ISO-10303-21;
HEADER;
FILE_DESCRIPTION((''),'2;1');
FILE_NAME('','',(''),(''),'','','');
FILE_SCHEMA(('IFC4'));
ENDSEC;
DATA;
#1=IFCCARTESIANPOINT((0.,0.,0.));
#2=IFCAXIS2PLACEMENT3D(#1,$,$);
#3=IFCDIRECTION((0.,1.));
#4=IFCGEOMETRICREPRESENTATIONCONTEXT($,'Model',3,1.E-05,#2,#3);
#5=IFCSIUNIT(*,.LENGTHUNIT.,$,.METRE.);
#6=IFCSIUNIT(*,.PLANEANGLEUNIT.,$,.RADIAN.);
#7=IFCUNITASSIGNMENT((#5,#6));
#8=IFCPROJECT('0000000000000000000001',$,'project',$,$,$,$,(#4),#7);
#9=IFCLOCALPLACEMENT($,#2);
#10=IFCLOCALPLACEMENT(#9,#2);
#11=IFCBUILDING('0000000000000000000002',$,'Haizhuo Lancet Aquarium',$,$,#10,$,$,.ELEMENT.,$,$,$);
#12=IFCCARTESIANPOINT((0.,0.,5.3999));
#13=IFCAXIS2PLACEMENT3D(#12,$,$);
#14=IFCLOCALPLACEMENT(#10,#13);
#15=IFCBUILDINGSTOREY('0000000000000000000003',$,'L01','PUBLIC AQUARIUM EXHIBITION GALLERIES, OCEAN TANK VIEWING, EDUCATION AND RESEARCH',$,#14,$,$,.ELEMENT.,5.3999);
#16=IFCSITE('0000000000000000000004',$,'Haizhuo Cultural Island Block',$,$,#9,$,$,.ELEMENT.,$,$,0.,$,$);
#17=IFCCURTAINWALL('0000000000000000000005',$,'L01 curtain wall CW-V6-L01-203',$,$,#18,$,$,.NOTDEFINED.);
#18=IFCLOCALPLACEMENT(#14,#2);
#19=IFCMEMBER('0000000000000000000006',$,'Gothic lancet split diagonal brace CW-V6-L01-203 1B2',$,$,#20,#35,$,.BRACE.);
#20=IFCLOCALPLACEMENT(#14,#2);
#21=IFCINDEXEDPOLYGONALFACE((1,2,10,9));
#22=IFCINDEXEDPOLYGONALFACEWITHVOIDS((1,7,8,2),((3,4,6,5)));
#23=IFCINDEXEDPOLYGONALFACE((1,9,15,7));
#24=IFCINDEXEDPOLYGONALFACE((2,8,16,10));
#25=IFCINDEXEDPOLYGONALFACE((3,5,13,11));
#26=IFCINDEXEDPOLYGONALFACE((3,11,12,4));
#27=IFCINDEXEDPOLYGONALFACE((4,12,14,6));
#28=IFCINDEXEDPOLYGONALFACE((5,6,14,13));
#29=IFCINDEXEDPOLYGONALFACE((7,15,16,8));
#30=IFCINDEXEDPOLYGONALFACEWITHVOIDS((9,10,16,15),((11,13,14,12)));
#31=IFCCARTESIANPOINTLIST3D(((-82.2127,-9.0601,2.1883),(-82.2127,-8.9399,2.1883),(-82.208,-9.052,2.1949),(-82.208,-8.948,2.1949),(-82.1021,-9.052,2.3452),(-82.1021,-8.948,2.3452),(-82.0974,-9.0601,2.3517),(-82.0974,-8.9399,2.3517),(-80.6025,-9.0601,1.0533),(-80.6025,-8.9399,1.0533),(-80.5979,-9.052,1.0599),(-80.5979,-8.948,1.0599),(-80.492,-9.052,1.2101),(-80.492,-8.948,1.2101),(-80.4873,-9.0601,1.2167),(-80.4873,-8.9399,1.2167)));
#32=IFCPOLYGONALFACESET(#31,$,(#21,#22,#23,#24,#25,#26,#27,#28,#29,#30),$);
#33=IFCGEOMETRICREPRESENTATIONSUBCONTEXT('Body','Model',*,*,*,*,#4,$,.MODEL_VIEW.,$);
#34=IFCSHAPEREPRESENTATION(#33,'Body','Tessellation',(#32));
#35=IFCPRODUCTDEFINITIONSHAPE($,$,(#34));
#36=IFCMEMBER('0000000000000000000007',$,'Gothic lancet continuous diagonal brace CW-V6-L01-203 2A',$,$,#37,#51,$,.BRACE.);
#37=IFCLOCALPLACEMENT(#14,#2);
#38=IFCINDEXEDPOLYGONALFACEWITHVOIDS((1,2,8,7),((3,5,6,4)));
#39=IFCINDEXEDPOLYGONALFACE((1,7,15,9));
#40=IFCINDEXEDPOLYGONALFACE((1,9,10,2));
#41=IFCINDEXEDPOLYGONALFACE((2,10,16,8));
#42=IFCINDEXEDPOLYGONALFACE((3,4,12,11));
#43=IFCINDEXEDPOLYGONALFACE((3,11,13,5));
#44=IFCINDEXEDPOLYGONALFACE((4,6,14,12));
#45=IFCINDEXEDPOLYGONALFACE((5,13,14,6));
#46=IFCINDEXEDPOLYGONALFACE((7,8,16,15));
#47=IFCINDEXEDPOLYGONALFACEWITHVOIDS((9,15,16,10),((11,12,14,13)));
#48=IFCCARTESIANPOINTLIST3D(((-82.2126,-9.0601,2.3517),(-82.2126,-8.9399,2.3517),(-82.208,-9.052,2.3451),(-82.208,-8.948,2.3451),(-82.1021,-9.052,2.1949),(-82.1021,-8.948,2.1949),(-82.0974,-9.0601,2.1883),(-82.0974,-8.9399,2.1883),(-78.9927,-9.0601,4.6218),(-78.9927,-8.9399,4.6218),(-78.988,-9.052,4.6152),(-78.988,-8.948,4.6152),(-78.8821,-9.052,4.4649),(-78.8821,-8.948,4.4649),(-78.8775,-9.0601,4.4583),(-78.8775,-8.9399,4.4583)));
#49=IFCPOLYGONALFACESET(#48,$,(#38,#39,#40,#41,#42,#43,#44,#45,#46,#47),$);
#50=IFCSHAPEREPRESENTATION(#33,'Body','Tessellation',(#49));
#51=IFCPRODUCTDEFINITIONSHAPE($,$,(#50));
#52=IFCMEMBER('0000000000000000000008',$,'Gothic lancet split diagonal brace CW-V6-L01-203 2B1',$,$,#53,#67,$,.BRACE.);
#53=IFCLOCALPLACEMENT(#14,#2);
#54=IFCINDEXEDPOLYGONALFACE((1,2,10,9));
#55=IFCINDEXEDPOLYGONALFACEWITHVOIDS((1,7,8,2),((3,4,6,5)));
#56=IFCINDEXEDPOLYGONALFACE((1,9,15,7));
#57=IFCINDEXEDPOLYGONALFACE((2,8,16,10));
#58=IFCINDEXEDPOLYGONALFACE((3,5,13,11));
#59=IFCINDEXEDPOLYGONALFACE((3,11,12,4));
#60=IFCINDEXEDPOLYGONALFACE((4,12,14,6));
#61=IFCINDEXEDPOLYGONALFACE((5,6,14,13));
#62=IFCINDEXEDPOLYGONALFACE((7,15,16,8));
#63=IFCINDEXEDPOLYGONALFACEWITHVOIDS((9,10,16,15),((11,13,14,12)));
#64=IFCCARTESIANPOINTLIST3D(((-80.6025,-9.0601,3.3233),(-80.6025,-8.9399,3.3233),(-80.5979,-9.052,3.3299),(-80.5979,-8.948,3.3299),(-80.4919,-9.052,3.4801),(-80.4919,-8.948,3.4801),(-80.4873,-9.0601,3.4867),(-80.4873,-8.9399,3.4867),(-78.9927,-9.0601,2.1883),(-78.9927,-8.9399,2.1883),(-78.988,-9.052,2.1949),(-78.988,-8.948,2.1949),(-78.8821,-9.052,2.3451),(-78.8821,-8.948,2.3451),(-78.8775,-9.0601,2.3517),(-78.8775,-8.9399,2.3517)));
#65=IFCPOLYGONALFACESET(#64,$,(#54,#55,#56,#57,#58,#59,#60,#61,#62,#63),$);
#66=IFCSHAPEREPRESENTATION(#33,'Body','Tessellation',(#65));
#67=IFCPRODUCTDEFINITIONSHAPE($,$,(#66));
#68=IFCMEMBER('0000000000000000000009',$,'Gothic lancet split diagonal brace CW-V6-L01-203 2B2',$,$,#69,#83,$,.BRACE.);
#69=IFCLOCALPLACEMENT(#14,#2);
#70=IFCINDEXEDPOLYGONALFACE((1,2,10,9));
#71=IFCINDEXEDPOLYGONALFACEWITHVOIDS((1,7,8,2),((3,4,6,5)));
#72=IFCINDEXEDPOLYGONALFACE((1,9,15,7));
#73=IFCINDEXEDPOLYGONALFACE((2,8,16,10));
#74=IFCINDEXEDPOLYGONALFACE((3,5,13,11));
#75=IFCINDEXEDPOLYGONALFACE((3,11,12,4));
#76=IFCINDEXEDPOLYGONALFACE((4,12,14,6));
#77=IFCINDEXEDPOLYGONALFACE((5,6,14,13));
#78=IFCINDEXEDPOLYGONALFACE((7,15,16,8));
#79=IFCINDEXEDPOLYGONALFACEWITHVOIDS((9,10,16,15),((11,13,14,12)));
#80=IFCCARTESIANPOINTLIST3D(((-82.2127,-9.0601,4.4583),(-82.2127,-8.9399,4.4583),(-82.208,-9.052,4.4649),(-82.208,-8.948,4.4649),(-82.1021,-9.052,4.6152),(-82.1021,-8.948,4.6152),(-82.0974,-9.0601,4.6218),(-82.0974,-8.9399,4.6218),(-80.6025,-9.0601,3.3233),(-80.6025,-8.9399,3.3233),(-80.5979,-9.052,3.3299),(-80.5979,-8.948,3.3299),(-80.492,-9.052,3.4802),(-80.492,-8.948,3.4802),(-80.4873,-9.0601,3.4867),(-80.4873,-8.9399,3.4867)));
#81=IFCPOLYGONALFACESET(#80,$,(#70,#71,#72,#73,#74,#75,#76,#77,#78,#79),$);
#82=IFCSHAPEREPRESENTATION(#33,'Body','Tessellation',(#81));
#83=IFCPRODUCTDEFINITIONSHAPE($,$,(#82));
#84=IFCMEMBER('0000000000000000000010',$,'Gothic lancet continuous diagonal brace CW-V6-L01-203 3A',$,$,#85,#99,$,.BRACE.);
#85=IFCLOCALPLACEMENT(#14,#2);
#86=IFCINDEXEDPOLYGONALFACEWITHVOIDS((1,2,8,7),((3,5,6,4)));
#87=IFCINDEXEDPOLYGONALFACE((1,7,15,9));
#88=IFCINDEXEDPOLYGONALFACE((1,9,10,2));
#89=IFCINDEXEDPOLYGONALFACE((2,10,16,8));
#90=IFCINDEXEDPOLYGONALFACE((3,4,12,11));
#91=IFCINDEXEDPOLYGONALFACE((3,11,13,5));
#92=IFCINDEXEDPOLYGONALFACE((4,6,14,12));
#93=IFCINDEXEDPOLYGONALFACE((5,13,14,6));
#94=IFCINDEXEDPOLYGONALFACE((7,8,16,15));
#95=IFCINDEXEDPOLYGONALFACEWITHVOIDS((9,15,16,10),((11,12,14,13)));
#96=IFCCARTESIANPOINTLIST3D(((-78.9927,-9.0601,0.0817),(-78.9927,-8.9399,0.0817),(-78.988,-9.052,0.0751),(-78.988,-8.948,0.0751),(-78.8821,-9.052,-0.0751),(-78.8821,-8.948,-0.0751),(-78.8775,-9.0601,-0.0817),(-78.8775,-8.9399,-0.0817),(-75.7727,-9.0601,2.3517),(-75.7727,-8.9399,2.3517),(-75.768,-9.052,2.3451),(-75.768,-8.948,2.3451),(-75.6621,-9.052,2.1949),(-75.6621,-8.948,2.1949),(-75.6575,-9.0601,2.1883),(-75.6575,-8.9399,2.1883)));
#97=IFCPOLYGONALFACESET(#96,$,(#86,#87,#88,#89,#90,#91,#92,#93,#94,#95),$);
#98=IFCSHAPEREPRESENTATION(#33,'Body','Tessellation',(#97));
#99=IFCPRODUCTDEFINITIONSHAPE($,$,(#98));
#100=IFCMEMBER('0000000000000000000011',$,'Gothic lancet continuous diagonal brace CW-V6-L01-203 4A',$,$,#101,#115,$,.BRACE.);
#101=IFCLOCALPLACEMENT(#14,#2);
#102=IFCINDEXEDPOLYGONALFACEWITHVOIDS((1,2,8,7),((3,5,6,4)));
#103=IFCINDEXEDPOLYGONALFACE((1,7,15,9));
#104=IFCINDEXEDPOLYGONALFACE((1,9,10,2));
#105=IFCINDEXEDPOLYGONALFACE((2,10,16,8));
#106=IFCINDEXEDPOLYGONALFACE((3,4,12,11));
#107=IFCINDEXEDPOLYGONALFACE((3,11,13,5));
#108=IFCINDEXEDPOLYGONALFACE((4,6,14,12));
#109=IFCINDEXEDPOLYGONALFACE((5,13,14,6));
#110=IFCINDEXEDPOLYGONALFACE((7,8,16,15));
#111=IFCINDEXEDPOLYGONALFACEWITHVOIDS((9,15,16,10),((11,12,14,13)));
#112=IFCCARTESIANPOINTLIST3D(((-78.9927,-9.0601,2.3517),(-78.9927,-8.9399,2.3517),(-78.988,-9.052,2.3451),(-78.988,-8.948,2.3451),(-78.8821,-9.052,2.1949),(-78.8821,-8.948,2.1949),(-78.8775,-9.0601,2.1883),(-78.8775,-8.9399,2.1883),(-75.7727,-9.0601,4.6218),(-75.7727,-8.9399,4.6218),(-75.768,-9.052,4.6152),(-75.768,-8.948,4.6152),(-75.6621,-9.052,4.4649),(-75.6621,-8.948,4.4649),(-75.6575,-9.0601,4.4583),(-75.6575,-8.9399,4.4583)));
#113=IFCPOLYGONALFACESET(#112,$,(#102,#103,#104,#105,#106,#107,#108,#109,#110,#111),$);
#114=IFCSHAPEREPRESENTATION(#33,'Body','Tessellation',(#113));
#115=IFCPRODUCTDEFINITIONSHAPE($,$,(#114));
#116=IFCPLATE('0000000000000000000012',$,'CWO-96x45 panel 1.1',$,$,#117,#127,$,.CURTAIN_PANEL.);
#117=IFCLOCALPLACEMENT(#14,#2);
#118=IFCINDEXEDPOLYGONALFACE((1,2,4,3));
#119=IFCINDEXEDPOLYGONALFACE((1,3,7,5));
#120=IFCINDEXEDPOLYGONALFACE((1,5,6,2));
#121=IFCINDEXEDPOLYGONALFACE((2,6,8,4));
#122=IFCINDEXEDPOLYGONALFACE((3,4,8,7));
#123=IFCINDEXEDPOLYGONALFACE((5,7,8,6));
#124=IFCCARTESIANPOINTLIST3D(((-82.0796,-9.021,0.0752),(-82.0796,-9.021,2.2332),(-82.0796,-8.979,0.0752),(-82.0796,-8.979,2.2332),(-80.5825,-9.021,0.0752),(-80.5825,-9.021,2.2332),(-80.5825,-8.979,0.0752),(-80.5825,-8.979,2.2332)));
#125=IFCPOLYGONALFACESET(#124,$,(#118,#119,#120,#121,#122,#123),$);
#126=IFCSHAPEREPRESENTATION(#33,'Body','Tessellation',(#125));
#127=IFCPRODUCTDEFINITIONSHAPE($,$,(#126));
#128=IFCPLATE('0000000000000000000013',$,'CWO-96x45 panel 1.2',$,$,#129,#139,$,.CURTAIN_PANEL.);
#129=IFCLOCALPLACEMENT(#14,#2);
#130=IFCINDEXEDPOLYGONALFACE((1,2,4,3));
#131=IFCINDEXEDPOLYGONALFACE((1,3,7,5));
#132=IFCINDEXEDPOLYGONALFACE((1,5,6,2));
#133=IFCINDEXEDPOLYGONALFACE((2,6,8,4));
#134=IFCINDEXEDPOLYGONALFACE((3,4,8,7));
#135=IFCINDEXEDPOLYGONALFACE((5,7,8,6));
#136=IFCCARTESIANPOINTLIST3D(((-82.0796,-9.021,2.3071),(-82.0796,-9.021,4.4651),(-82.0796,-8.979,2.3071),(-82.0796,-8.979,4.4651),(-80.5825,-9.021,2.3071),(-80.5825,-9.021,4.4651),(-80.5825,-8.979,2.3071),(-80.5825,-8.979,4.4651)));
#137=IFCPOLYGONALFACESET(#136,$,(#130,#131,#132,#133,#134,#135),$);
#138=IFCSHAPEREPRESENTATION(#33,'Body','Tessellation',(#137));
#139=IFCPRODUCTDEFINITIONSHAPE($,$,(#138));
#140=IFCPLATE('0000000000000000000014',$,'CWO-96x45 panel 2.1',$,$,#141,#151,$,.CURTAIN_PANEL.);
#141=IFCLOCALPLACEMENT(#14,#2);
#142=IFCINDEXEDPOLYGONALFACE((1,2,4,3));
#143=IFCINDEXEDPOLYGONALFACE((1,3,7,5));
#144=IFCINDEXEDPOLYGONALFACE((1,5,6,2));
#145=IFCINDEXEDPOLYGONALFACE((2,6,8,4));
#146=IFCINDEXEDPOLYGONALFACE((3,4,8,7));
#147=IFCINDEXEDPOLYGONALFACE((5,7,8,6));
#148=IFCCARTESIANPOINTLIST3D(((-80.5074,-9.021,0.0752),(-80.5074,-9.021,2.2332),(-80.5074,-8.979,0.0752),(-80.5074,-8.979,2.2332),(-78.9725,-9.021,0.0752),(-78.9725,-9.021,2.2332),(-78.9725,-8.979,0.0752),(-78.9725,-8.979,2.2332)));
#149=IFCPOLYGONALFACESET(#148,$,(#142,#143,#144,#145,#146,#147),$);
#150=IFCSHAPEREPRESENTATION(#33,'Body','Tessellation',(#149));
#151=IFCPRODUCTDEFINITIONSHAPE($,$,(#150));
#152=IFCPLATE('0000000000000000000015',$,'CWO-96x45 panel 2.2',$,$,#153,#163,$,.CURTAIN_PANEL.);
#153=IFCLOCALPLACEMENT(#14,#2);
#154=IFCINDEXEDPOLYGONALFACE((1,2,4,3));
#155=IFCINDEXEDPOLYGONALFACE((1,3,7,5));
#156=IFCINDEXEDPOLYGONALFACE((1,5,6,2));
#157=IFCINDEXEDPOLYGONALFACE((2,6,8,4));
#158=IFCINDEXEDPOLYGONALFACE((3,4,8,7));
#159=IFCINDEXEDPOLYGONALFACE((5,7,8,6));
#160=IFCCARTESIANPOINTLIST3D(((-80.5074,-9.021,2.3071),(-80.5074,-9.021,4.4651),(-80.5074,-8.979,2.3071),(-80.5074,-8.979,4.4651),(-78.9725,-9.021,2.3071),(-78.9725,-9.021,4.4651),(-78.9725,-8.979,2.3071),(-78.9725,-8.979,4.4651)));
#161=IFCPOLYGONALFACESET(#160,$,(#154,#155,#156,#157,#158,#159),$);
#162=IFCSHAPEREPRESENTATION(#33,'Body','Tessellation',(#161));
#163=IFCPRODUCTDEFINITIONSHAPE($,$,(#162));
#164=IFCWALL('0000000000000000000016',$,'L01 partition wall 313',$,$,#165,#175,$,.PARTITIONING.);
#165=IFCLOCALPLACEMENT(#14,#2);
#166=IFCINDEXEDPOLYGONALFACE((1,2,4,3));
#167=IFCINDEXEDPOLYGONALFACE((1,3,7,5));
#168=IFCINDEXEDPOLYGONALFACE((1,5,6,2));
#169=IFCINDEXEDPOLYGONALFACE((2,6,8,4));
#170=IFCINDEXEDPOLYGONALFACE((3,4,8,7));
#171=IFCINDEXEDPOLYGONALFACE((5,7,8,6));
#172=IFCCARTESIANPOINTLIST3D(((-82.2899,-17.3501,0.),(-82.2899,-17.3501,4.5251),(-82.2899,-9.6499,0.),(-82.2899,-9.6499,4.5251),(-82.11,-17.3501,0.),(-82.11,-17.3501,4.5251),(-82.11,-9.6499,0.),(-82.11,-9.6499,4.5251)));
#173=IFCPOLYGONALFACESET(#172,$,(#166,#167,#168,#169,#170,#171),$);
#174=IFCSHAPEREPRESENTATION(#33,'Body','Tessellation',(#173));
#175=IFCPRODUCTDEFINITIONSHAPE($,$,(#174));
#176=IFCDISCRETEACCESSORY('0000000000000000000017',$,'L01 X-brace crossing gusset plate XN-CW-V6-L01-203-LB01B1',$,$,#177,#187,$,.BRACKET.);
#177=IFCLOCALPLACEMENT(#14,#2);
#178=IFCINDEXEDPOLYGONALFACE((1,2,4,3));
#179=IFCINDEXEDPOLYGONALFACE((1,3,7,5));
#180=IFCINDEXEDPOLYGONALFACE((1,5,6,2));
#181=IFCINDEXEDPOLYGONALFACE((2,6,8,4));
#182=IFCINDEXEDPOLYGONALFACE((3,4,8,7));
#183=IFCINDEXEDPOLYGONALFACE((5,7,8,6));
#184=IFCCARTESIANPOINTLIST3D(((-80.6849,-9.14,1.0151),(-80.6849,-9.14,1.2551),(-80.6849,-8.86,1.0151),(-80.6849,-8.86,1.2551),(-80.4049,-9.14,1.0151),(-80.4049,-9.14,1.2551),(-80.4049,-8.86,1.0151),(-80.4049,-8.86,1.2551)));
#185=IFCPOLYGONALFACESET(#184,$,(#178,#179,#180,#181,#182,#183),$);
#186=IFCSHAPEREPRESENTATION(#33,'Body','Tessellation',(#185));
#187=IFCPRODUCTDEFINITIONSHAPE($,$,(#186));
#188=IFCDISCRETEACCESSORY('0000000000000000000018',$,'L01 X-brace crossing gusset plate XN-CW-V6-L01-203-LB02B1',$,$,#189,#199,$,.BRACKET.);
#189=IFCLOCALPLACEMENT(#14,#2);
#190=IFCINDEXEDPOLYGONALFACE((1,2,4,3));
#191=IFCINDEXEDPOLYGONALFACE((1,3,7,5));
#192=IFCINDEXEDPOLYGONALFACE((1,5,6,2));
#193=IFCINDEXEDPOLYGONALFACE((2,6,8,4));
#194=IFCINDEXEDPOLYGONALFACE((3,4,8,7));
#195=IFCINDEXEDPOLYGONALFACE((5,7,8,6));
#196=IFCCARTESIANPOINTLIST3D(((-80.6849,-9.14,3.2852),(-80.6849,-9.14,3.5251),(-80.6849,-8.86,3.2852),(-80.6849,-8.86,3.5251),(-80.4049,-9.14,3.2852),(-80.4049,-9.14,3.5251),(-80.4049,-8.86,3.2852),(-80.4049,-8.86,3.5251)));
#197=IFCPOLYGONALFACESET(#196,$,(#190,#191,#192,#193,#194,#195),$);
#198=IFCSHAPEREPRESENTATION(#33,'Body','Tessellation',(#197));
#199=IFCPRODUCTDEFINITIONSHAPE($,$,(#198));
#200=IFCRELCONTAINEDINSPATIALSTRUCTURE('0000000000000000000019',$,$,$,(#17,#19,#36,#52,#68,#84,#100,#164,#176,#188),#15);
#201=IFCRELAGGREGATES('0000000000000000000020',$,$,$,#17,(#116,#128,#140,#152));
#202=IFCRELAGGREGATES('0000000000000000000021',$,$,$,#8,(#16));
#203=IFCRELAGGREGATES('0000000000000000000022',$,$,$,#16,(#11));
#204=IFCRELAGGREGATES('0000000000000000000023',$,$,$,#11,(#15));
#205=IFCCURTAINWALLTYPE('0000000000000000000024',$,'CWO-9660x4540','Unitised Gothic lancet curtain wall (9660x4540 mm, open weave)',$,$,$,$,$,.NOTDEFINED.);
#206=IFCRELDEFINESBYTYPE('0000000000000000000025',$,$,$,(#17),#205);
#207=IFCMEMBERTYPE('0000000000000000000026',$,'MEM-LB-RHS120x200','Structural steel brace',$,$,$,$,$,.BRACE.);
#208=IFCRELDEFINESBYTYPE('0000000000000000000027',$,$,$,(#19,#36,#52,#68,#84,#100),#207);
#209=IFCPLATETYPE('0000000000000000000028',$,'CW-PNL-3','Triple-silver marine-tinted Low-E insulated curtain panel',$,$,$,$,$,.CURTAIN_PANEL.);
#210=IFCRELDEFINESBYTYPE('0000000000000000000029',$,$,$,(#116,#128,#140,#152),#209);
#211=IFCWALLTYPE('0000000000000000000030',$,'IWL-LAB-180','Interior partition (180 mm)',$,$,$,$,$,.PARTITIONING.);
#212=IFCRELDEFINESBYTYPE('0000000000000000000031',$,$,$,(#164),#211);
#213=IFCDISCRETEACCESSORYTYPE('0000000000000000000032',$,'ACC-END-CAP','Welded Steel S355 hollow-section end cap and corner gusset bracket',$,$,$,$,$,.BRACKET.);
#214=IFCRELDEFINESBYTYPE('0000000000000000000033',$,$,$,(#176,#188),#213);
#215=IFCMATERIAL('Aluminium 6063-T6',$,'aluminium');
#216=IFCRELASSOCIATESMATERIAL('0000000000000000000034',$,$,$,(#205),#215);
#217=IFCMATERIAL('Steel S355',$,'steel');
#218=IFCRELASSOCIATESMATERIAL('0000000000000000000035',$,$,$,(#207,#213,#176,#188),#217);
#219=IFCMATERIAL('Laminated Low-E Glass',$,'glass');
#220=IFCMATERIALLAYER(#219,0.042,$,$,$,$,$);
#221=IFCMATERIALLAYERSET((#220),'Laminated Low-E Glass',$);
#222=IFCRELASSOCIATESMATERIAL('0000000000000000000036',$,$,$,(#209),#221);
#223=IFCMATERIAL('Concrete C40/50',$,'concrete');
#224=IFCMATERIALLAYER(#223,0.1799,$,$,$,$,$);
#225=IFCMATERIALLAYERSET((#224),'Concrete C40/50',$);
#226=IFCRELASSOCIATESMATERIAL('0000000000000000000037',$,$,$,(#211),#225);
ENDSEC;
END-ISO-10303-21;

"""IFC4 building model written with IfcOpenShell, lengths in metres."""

from ifc_helpers import new_model, si_unit, direction, frame, frame_2d, origin, origin_2d, place, context, subcontext, project, spatial, rectangle, hollow_rectangle, extrude, material, layer, layer_set, material_profile, profile_set, type_object, element, aggregate, save


model = new_model("IFC4")

# Units and contexts
model_context = context("Model", 3, precision=1e-05, world=origin(), true_north=direction((0.0, 1.0)))
body_context = subcontext(model_context, "Body", "Model", "MODEL_VIEW")
ifc_project = project(units=[si_unit("LENGTHUNIT", "METRE"), si_unit("PLANEANGLEUNIT", "RADIAN")], contexts=[model_context])

# Site, building, storey
site_placement = place(None, origin())
site = spatial("IfcSite", under=ifc_project, at=site_placement, Name="Haizhuo Cultural Island Block", CompositionType="ELEMENT", RefElevation=0.0)
building_placement = place(site_placement, origin())
building = spatial("IfcBuilding", under=site, at=building_placement, Name="Haizhuo Lancet Aquarium", CompositionType="ELEMENT")
storey_placement = place(building_placement, frame((0.0, 0.0, 5.3999)))
storey = spatial("IfcBuildingStorey", under=building, at=storey_placement, Name="L01", Description="PUBLIC AQUARIUM EXHIBITION GALLERIES, OCEAN TANK VIEWING, EDUCATION AND RESEARCH", CompositionType="ELEMENT", Elevation=5.3999)

# Curtain wall
ifc_material_1 = material(Name="Aluminium 6063-T6", Category="aluminium")
curtain_wall_type = type_object("IfcCurtainWallType", Name="CWO-9660x4540", Description="Unitised Gothic lancet curtain wall (9660x4540 mm, open weave)", PredefinedType="NOTDEFINED", material=ifc_material_1)
curtain_wall_placement = place(storey_placement, origin())
curtain_wall = element("IfcCurtainWall", 1, at=curtain_wall_placement, inside=storey, type_object=curtain_wall_type, Name="L01 curtain wall CW-V6-L01-203", PredefinedType="NOTDEFINED")

# Members
ifc_material_2 = material(Name="Steel S355", Category="steel")
ifc_material_profile_1 = material_profile(ifc_material_2, hollow_rectangle(XDim=0.1201, YDim=0.2, WallThickness=0.0081, at=origin_2d()), Name="RHS 120x200x8")
ifc_profile_set_1 = profile_set([ifc_material_profile_1], Name="Steel S355")
member_type_1 = type_object("IfcMemberType", Name="MEM-LB-RHS120x200", Description="Structural steel brace", PredefinedType="BRACE", material=ifc_profile_set_1)
member_1_placement = place(storey_placement, frame((-80.5449, -9.0, 1.135), z_axis=(-0.817335, 0.0, 0.576162), x_axis=(0.0, -1.0, 0.0)))
element("IfcMember", 2, at=member_1_placement, inside=storey, type_object=member_type_1, Name="Gothic lancet split diagonal brace CW-V6-L01-203 1B2", PredefinedType="BRACE", context=body_context, shape_type="SweptSolid", body=[
    extrude(hollow_rectangle(XDim=0.1201, YDim=0.2, WallThickness=0.0081, at=origin_2d()), origin(), (0.0, 0.0, 1.0), 1.97),
])
member_2_placement = place(storey_placement, frame((-82.155, -9.0, 2.27), z_axis=(0.817315, 0.0, 0.576192), x_axis=(0.0, 1.0, 0.0)))
element("IfcMember", 3, at=member_2_placement, inside=storey, type_object=member_type_1, Name="Gothic lancet continuous diagonal brace CW-V6-L01-203 2A", PredefinedType="BRACE", context=body_context, shape_type="SweptSolid", body=[
    extrude(hollow_rectangle(XDim=0.1201, YDim=0.2, WallThickness=0.0081, at=origin_2d()), origin(), (0.0, 0.0, 1.0), 3.9397),
])
member_3_placement = place(storey_placement, frame((-78.9351, -9.0, 2.27), z_axis=(-0.817294, 0.0, 0.576221), x_axis=(0.0, -1.0, 0.0)))
element("IfcMember", 4, at=member_3_placement, inside=storey, type_object=member_type_1, Name="Gothic lancet split diagonal brace CW-V6-L01-203 2B1", PredefinedType="BRACE", context=body_context, shape_type="SweptSolid", body=[
    extrude(hollow_rectangle(XDim=0.1201, YDim=0.2, WallThickness=0.0081, at=origin_2d()), origin(), (0.0, 0.0, 1.0), 1.9697),
])
member_4_placement = place(storey_placement, frame((-80.5449, -9.0, 3.405), z_axis=(-0.817335, 0.0, 0.576162), x_axis=(0.0, -1.0, 0.0)))
element("IfcMember", 5, at=member_4_placement, inside=storey, type_object=member_type_1, Name="Gothic lancet split diagonal brace CW-V6-L01-203 2B2", PredefinedType="BRACE", context=body_context, shape_type="SweptSolid", body=[
    extrude(hollow_rectangle(XDim=0.1201, YDim=0.2, WallThickness=0.0081, at=origin_2d()), origin(), (0.0, 0.0, 1.0), 1.97),
])
for number, where, z_axis, x_axis, name in (
    (6, (-78.9351, -9.0, 0.0), (0.817315, 0.0, 0.576192), (0.0, 1.0, 0.0), "Gothic lancet continuous diagonal brace CW-V6-L01-203 3A"),
    (7, (-78.9351, -9.0, 2.27), (0.817315, 0.0, 0.576192), (0.0, 1.0, 0.0), "Gothic lancet continuous diagonal brace CW-V6-L01-203 4A"),
):
    element("IfcMember", number, at=place(storey_placement, frame(where, z_axis=z_axis, x_axis=x_axis)), inside=storey, type_object=member_type_1, Name=name, PredefinedType="BRACE", context=body_context, shape_type="SweptSolid", body=[
        extrude(hollow_rectangle(XDim=0.1201, YDim=0.2, WallThickness=0.0081, at=origin_2d()), origin(), (0.0, 0.0, 1.0), 3.9397),
    ])

# Plates
ifc_material_3 = material(Name="Laminated Low-E Glass", Category="glass")
ifc_layer_1 = layer(ifc_material_3, 0.042)
ifc_layer_set_1 = layer_set([ifc_layer_1], Name="Laminated Low-E Glass")
plate_type = type_object("IfcPlateType", Name="CW-PNL-3", Description="Triple-silver marine-tinted Low-E insulated curtain panel", PredefinedType="CURTAIN_PANEL", material=ifc_layer_set_1)
plate_1_placement = place(storey_placement, frame((-81.3311, -9.0, 0.0752), z_axis=(0.0, 0.0, 1.0), x_axis=(1.0, 0.0, 0.0)))
plate_1 = element("IfcPlate", 8, at=plate_1_placement, type_object=plate_type, Name="CWO-96x45 panel 1.1", PredefinedType="CURTAIN_PANEL", context=body_context, shape_type="SweptSolid", body=[
    extrude(rectangle(XDim=1.4971, YDim=0.042, at=origin_2d()), origin(), (0.0, 0.0, 1.0), 2.158),
])
plate_2_placement = place(storey_placement, frame((-81.3311, -9.0, 2.3071), z_axis=(0.0, 0.0, 1.0), x_axis=(1.0, 0.0, 0.0)))
plate_2 = element("IfcPlate", 9, at=plate_2_placement, type_object=plate_type, Name="CWO-96x45 panel 1.2", PredefinedType="CURTAIN_PANEL", context=body_context, shape_type="SweptSolid", body=[
    extrude(rectangle(XDim=1.4971, YDim=0.042, at=origin_2d()), origin(), (0.0, 0.0, 1.0), 2.158),
])
plate_3_placement = place(storey_placement, frame((-79.74, -9.0, 0.0752), z_axis=(0.0, 0.0, 1.0), x_axis=(1.0, 0.0, 0.0)))
plate_3 = element("IfcPlate", 10, at=plate_3_placement, type_object=plate_type, Name="CWO-96x45 panel 2.1", PredefinedType="CURTAIN_PANEL", context=body_context, shape_type="SweptSolid", body=[
    extrude(rectangle(XDim=1.5349, YDim=0.042, at=origin_2d()), origin(), (0.0, 0.0, 1.0), 2.158),
])
plate_4_placement = place(storey_placement, frame((-79.74, -9.0, 2.3071), z_axis=(0.0, 0.0, 1.0), x_axis=(1.0, 0.0, 0.0)))
plate_4 = element("IfcPlate", 11, at=plate_4_placement, type_object=plate_type, Name="CWO-96x45 panel 2.2", PredefinedType="CURTAIN_PANEL", context=body_context, shape_type="SweptSolid", body=[
    extrude(rectangle(XDim=1.5349, YDim=0.042, at=origin_2d()), origin(), (0.0, 0.0, 1.0), 2.158),
])
aggregate(curtain_wall, [plate_1, plate_2, plate_3, plate_4])

# Wall
ifc_material_4 = material(Name="Concrete C40/50", Category="concrete")
ifc_layer_2 = layer(ifc_material_4, 0.1799)
ifc_layer_set_2 = layer_set([ifc_layer_2], Name="Concrete C40/50")
wall_type = type_object("IfcWallType", Name="IWL-LAB-180", Description="Interior partition (180 mm)", PredefinedType="PARTITIONING", material=ifc_layer_set_2)
wall_placement = place(storey_placement, frame((-82.2, -9.6499, 0.0), z_axis=(0.0, 0.0, 1.0), x_axis=(0.0, -1.0, 0.0)))
element("IfcWall", 12, at=wall_placement, inside=storey, type_object=wall_type, Name="L01 partition wall 313", PredefinedType="PARTITIONING", context=body_context, shape_type="SweptSolid", body=[
    extrude(rectangle(XDim=7.7002, YDim=0.1799, at=frame_2d((3.8501, 0.0))), origin(), (0.0, 0.0, 1.0), 4.5251),
])

# Discrete accessories
discrete_accessory_type = type_object("IfcDiscreteAccessoryType", Name="ACC-END-CAP", Description="Welded Steel S355 hollow-section end cap and corner gusset bracket", PredefinedType="BRACKET", material=ifc_material_2)
for number, where, z_axis, x_axis, name in (
    (13, (-80.5449, -9.0, 1.0151), (0.0, 0.0, 1.0), (1.0, 0.0, 0.0), "L01 X-brace crossing gusset plate XN-CW-V6-L01-203-LB01B1"),
    (14, (-80.5449, -9.0, 3.2852), (0.0, 0.0, 1.0), (1.0, 0.0, 0.0), "L01 X-brace crossing gusset plate XN-CW-V6-L01-203-LB02B1"),
):
    element("IfcDiscreteAccessory", number, at=place(storey_placement, frame(where, z_axis=z_axis, x_axis=x_axis)), inside=storey, type_object=discrete_accessory_type, material=ifc_material_2, Name=name, PredefinedType="BRACKET", context=body_context, shape_type="SweptSolid", body=[
        extrude(rectangle(XDim=0.28, YDim=0.28, at=origin_2d()), origin(), (0.0, 0.0, 1.0), 0.24),
    ])

save(model, "model.ifc")
